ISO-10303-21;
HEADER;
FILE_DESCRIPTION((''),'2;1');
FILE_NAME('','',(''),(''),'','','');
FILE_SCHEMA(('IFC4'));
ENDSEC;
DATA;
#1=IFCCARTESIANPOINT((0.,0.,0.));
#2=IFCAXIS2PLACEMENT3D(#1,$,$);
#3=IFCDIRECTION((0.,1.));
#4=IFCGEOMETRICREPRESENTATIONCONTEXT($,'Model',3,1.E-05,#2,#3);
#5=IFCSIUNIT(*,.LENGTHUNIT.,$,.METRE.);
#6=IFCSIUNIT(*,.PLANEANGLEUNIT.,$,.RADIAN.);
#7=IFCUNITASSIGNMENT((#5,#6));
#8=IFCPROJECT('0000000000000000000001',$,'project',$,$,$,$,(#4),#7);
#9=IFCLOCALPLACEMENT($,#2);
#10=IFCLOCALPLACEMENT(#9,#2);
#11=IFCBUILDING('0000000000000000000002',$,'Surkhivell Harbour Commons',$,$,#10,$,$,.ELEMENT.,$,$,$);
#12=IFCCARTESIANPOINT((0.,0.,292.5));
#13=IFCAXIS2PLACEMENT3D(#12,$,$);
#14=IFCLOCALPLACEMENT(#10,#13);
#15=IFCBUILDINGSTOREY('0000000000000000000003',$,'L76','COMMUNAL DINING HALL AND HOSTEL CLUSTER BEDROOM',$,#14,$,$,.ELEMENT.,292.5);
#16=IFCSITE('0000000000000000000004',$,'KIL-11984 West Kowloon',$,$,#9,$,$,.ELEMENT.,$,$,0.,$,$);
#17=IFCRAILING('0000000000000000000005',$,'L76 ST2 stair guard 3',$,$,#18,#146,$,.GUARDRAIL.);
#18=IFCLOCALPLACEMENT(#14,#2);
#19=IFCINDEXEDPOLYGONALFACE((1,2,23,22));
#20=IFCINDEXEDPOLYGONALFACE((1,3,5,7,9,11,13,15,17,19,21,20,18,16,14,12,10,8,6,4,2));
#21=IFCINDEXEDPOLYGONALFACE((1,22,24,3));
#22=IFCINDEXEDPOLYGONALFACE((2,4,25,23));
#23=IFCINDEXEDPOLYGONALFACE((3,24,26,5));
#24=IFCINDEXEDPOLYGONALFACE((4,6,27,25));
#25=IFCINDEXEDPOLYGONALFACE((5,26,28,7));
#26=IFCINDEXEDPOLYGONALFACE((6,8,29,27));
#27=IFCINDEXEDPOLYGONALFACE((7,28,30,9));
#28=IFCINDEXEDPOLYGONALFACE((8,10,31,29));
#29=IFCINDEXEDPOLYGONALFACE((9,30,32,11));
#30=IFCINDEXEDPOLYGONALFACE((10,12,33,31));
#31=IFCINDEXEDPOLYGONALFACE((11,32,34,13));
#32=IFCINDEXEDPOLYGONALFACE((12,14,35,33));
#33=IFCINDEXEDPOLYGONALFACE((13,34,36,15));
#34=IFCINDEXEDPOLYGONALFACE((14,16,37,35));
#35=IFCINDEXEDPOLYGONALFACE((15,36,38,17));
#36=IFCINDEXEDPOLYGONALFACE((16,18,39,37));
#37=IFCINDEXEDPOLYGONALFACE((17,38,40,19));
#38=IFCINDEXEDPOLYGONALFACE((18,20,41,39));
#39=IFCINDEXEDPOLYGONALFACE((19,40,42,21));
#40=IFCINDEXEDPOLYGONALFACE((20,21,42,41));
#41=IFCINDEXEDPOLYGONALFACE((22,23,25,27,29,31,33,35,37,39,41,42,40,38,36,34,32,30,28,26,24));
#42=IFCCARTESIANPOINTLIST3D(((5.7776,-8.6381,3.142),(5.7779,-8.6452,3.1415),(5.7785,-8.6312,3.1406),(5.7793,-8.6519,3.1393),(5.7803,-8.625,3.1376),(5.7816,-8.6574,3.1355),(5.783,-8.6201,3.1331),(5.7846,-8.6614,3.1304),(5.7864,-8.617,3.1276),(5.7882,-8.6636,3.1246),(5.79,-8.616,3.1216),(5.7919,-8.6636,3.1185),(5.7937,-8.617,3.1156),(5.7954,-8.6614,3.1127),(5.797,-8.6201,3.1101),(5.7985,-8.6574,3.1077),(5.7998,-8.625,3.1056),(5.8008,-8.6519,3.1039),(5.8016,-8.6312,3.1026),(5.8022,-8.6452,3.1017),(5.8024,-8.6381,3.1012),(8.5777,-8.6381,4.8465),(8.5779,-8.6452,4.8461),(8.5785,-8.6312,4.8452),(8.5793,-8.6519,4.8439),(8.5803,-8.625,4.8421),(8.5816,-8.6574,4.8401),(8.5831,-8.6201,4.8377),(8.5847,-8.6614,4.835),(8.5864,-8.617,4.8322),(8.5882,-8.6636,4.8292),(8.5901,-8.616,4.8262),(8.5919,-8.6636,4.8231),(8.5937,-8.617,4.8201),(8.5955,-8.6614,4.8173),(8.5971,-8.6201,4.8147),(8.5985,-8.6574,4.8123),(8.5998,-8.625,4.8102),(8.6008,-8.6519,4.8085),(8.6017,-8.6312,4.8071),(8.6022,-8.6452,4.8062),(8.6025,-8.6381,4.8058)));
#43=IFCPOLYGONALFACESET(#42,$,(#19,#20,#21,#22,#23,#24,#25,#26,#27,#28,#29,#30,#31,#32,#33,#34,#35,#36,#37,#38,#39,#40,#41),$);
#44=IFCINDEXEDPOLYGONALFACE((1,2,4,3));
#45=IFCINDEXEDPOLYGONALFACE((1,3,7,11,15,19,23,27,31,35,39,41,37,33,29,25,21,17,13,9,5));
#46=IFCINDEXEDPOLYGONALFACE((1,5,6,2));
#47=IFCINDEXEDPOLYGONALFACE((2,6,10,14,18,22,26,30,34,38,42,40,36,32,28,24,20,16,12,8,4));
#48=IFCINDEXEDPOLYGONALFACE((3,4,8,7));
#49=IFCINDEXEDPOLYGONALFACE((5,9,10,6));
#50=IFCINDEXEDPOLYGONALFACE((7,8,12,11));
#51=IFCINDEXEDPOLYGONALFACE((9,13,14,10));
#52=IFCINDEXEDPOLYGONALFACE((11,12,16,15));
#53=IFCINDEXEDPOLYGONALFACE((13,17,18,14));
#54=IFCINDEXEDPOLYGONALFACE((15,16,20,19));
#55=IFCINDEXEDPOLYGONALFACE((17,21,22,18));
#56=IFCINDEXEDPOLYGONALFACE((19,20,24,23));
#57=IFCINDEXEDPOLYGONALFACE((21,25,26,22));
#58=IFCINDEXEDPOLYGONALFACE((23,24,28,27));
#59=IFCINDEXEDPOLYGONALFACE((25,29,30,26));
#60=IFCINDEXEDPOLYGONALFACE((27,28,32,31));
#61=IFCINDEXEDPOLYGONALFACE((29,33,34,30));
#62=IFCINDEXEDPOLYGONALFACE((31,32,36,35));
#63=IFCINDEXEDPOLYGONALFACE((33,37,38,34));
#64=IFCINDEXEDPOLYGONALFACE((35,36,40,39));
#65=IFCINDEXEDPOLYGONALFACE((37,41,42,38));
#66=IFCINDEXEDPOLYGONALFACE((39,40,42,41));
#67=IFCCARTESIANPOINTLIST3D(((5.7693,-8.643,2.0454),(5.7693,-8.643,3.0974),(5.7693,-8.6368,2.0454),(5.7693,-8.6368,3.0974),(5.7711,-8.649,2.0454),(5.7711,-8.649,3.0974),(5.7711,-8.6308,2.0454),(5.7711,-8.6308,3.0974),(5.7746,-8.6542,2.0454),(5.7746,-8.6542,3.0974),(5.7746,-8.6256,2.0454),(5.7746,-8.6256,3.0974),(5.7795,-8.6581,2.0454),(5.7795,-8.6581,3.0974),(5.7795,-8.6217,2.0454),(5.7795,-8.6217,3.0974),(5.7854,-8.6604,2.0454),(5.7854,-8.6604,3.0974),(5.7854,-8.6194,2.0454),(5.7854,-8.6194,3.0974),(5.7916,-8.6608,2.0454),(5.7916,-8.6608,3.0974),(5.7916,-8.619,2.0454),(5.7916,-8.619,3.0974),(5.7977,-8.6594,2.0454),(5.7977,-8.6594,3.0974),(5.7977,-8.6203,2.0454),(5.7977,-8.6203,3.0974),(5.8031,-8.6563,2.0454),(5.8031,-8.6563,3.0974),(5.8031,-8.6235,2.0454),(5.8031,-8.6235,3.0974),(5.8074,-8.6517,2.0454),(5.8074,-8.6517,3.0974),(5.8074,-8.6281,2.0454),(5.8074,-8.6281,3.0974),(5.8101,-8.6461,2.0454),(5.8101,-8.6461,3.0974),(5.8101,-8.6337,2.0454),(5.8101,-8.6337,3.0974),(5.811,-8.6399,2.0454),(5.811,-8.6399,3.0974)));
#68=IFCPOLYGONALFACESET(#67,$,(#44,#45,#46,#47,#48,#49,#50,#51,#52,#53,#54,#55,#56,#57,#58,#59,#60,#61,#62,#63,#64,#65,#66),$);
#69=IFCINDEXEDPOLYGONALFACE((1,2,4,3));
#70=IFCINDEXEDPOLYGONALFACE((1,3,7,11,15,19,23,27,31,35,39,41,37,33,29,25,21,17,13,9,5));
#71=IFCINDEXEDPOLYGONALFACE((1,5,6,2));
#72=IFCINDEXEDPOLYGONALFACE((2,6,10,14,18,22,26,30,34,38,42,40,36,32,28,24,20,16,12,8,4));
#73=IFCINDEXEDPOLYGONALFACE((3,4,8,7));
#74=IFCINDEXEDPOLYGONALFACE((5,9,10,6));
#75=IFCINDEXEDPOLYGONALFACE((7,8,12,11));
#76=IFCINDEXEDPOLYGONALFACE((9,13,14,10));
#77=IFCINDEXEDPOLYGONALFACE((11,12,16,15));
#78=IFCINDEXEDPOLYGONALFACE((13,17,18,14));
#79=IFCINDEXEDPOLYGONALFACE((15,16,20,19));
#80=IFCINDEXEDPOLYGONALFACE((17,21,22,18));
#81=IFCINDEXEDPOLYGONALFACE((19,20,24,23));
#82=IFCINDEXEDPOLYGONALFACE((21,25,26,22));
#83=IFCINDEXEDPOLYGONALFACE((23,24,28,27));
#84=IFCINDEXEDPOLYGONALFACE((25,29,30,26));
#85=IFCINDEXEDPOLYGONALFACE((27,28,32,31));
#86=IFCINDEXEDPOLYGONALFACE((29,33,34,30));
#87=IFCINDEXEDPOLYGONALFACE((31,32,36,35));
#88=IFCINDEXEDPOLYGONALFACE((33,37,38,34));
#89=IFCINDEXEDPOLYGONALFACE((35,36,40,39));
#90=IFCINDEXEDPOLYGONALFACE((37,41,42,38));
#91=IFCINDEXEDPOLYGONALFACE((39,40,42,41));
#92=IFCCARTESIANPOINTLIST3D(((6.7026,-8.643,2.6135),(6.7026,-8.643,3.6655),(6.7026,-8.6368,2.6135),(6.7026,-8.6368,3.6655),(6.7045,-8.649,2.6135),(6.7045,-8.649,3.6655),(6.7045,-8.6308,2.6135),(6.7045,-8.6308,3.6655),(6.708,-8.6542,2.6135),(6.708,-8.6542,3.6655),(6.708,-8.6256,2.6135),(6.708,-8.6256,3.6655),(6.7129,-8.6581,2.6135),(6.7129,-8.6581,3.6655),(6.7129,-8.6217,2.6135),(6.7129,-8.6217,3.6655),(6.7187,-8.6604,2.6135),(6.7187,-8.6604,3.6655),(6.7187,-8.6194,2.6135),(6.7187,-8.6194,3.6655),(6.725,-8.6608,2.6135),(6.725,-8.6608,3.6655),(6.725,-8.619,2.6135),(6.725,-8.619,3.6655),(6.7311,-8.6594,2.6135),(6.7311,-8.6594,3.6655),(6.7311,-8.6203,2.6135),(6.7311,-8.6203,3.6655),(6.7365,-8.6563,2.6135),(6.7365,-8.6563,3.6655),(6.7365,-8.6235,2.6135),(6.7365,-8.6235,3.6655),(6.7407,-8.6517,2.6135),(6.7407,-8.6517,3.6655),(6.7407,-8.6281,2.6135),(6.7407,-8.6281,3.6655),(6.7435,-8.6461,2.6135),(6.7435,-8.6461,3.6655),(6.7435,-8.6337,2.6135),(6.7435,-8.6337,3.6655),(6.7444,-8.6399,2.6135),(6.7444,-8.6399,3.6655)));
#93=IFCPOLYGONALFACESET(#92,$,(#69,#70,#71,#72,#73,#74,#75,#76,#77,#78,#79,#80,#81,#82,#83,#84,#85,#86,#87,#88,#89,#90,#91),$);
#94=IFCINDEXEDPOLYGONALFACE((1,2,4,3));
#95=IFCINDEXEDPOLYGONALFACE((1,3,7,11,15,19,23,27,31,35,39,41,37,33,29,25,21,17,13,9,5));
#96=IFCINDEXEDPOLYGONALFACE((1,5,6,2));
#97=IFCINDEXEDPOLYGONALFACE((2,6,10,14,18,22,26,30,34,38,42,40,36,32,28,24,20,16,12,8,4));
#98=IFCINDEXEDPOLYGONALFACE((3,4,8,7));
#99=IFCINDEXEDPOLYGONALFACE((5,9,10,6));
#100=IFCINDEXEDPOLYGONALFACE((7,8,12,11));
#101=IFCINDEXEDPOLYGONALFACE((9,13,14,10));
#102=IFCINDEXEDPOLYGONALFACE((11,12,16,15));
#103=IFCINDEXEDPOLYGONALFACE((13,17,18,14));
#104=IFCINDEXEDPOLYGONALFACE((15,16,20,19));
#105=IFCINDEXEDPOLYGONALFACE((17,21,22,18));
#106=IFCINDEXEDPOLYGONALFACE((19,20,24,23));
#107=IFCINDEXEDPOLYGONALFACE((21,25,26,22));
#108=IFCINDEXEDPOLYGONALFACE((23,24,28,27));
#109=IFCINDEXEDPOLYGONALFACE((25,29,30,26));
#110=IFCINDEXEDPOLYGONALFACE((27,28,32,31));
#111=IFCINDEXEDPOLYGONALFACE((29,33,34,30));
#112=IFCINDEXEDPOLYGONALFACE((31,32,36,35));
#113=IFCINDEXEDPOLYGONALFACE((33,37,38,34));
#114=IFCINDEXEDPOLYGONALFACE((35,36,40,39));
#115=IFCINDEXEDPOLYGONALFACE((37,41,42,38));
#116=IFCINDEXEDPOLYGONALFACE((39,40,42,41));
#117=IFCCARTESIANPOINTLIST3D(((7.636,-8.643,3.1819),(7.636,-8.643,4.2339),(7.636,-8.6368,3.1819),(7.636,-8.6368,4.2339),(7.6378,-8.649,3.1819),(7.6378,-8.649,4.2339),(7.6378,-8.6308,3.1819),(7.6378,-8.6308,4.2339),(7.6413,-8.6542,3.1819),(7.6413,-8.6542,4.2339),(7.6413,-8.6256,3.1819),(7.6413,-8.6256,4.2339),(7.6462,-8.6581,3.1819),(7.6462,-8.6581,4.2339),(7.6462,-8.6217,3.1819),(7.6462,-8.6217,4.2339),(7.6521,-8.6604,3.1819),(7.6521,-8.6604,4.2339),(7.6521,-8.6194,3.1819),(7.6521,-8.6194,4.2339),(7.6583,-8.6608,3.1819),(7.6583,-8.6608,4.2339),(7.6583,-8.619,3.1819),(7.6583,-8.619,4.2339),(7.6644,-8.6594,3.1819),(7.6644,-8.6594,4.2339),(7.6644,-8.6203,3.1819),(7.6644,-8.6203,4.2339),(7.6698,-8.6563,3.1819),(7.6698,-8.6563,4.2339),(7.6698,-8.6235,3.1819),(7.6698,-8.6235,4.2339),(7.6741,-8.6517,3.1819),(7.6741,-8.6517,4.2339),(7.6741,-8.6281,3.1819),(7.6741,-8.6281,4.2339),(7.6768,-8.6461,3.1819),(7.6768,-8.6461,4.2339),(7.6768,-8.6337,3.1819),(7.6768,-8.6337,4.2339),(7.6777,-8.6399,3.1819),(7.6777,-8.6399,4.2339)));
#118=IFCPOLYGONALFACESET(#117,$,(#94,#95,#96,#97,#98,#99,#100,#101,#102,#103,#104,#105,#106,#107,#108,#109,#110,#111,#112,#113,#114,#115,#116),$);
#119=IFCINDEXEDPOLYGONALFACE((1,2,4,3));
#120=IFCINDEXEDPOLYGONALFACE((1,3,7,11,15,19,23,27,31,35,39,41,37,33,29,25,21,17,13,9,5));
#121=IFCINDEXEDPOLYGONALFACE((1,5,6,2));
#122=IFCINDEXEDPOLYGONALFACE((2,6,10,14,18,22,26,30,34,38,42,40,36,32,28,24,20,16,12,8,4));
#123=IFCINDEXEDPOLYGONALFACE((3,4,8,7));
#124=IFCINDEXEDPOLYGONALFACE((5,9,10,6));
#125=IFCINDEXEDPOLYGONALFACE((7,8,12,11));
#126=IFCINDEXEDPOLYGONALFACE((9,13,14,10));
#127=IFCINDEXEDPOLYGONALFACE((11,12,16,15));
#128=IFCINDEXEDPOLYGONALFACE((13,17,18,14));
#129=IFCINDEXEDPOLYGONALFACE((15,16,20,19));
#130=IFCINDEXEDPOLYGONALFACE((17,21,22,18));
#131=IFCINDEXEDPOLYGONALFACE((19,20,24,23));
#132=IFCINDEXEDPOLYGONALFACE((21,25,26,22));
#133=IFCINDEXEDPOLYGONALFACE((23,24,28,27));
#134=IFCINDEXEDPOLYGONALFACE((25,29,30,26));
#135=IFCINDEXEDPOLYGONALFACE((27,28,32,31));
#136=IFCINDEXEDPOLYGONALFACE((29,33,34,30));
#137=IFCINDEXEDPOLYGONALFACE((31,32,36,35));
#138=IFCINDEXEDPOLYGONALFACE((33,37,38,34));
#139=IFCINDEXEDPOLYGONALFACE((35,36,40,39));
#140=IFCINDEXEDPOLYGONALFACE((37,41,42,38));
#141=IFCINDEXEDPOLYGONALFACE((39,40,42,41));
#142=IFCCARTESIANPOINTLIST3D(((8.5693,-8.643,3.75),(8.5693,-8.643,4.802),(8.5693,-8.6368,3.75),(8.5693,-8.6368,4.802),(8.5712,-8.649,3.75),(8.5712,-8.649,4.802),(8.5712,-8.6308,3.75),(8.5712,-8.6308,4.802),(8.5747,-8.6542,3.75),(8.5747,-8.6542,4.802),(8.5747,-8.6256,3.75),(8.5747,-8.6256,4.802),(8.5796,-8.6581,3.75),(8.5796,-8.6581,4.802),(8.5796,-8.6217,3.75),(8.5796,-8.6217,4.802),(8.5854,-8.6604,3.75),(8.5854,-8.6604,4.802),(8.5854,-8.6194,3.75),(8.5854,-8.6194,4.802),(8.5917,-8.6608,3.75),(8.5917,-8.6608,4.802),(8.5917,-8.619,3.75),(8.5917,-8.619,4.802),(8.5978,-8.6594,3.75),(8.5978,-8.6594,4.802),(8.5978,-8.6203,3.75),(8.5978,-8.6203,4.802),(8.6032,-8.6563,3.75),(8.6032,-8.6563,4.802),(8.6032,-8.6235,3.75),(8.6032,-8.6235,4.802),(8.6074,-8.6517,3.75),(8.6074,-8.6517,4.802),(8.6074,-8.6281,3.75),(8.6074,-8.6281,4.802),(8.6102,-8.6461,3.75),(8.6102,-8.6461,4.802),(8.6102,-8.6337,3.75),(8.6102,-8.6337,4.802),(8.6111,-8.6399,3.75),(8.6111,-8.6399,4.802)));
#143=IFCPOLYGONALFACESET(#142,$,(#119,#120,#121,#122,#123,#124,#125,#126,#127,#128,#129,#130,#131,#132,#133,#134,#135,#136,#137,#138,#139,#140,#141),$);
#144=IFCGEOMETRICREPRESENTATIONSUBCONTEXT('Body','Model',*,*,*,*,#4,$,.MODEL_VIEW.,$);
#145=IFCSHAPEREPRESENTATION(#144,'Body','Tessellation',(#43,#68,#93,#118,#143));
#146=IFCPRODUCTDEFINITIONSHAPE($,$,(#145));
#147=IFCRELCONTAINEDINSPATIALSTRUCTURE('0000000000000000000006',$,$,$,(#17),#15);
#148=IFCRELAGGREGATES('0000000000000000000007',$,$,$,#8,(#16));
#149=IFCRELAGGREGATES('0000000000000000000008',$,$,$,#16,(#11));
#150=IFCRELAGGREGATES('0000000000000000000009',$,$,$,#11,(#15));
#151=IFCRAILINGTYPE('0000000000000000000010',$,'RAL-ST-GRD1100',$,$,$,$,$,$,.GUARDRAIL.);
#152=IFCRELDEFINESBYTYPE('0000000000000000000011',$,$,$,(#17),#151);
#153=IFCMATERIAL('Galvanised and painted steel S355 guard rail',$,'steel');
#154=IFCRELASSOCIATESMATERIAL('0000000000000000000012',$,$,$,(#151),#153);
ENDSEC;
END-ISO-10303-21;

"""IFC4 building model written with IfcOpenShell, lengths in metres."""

from ifc_helpers import new_model, si_unit, direction, frame, origin, origin_2d, place, context, subcontext, project, spatial, circle, extrude, material, type_object, element, save


model = new_model("IFC4")

# Units and contexts
model_context = context("Model", 3, precision=1e-05, world=origin(), true_north=direction((0.0, 1.0)))
body_context = subcontext(model_context, "Body", "Model", "MODEL_VIEW")
ifc_project = project(units=[si_unit("LENGTHUNIT", "METRE"), si_unit("PLANEANGLEUNIT", "RADIAN")], contexts=[model_context])

# Site, building, storey
site_placement = place(None, origin())
site = spatial("IfcSite", under=ifc_project, at=site_placement, Name="KIL-11984 West Kowloon", CompositionType="ELEMENT", RefElevation=0.0)
building_placement = place(site_placement, origin())
building = spatial("IfcBuilding", under=site, at=building_placement, Name="Surkhivell Harbour Commons", CompositionType="ELEMENT")
storey_placement = place(building_placement, frame((0.0, 0.0, 292.5)))
storey = spatial("IfcBuildingStorey", under=building, at=storey_placement, Name="L76", Description="COMMUNAL DINING HALL AND HOSTEL CLUSTER BEDROOM", CompositionType="ELEMENT", Elevation=292.5)

# Railing
ifc_material_1 = material(Name="Galvanised and painted steel S355 guard rail", Category="steel")
railing_type_1 = type_object("IfcRailingType", Name="RAL-ST-GRD1100", PredefinedType="GUARDRAIL", material=ifc_material_1)
railing_1_placement = place(storey_placement, frame((5.79, -8.6399, 2.0454)))
element("IfcRailing", 1, at=railing_1_placement, inside=storey, type_object=railing_type_1, Name="L76 ST2 stair guard 3", PredefinedType="GUARDRAIL", context=body_context, shape_type="SweptSolid", body=[
    extrude(circle(Radius=0.0239, at=origin_2d()), frame((0.0, 0.0, 1.0762), z_axis=(0.85417, 0.0, 0.519994), x_axis=(0.0, 1.0, 0.0)), (0.0, 0.0, 1.0), 3.2781),
    extrude(circle(Radius=0.021, at=origin_2d()), origin(), (0.0, 0.0, 1.0), 1.052),
    extrude(circle(Radius=0.021, at=origin_2d()), frame((0.9333, 0.0, 0.5681)), (0.0, 0.0, 1.0), 1.052),
    extrude(circle(Radius=0.021, at=origin_2d()), frame((1.8667, 0.0, 1.1365)), (0.0, 0.0, 1.0), 1.052),
    extrude(circle(Radius=0.021, at=origin_2d()), frame((2.8, 0.0, 1.7046)), (0.0, 0.0, 1.0), 1.052),
])

save(model, "model.ifc")
